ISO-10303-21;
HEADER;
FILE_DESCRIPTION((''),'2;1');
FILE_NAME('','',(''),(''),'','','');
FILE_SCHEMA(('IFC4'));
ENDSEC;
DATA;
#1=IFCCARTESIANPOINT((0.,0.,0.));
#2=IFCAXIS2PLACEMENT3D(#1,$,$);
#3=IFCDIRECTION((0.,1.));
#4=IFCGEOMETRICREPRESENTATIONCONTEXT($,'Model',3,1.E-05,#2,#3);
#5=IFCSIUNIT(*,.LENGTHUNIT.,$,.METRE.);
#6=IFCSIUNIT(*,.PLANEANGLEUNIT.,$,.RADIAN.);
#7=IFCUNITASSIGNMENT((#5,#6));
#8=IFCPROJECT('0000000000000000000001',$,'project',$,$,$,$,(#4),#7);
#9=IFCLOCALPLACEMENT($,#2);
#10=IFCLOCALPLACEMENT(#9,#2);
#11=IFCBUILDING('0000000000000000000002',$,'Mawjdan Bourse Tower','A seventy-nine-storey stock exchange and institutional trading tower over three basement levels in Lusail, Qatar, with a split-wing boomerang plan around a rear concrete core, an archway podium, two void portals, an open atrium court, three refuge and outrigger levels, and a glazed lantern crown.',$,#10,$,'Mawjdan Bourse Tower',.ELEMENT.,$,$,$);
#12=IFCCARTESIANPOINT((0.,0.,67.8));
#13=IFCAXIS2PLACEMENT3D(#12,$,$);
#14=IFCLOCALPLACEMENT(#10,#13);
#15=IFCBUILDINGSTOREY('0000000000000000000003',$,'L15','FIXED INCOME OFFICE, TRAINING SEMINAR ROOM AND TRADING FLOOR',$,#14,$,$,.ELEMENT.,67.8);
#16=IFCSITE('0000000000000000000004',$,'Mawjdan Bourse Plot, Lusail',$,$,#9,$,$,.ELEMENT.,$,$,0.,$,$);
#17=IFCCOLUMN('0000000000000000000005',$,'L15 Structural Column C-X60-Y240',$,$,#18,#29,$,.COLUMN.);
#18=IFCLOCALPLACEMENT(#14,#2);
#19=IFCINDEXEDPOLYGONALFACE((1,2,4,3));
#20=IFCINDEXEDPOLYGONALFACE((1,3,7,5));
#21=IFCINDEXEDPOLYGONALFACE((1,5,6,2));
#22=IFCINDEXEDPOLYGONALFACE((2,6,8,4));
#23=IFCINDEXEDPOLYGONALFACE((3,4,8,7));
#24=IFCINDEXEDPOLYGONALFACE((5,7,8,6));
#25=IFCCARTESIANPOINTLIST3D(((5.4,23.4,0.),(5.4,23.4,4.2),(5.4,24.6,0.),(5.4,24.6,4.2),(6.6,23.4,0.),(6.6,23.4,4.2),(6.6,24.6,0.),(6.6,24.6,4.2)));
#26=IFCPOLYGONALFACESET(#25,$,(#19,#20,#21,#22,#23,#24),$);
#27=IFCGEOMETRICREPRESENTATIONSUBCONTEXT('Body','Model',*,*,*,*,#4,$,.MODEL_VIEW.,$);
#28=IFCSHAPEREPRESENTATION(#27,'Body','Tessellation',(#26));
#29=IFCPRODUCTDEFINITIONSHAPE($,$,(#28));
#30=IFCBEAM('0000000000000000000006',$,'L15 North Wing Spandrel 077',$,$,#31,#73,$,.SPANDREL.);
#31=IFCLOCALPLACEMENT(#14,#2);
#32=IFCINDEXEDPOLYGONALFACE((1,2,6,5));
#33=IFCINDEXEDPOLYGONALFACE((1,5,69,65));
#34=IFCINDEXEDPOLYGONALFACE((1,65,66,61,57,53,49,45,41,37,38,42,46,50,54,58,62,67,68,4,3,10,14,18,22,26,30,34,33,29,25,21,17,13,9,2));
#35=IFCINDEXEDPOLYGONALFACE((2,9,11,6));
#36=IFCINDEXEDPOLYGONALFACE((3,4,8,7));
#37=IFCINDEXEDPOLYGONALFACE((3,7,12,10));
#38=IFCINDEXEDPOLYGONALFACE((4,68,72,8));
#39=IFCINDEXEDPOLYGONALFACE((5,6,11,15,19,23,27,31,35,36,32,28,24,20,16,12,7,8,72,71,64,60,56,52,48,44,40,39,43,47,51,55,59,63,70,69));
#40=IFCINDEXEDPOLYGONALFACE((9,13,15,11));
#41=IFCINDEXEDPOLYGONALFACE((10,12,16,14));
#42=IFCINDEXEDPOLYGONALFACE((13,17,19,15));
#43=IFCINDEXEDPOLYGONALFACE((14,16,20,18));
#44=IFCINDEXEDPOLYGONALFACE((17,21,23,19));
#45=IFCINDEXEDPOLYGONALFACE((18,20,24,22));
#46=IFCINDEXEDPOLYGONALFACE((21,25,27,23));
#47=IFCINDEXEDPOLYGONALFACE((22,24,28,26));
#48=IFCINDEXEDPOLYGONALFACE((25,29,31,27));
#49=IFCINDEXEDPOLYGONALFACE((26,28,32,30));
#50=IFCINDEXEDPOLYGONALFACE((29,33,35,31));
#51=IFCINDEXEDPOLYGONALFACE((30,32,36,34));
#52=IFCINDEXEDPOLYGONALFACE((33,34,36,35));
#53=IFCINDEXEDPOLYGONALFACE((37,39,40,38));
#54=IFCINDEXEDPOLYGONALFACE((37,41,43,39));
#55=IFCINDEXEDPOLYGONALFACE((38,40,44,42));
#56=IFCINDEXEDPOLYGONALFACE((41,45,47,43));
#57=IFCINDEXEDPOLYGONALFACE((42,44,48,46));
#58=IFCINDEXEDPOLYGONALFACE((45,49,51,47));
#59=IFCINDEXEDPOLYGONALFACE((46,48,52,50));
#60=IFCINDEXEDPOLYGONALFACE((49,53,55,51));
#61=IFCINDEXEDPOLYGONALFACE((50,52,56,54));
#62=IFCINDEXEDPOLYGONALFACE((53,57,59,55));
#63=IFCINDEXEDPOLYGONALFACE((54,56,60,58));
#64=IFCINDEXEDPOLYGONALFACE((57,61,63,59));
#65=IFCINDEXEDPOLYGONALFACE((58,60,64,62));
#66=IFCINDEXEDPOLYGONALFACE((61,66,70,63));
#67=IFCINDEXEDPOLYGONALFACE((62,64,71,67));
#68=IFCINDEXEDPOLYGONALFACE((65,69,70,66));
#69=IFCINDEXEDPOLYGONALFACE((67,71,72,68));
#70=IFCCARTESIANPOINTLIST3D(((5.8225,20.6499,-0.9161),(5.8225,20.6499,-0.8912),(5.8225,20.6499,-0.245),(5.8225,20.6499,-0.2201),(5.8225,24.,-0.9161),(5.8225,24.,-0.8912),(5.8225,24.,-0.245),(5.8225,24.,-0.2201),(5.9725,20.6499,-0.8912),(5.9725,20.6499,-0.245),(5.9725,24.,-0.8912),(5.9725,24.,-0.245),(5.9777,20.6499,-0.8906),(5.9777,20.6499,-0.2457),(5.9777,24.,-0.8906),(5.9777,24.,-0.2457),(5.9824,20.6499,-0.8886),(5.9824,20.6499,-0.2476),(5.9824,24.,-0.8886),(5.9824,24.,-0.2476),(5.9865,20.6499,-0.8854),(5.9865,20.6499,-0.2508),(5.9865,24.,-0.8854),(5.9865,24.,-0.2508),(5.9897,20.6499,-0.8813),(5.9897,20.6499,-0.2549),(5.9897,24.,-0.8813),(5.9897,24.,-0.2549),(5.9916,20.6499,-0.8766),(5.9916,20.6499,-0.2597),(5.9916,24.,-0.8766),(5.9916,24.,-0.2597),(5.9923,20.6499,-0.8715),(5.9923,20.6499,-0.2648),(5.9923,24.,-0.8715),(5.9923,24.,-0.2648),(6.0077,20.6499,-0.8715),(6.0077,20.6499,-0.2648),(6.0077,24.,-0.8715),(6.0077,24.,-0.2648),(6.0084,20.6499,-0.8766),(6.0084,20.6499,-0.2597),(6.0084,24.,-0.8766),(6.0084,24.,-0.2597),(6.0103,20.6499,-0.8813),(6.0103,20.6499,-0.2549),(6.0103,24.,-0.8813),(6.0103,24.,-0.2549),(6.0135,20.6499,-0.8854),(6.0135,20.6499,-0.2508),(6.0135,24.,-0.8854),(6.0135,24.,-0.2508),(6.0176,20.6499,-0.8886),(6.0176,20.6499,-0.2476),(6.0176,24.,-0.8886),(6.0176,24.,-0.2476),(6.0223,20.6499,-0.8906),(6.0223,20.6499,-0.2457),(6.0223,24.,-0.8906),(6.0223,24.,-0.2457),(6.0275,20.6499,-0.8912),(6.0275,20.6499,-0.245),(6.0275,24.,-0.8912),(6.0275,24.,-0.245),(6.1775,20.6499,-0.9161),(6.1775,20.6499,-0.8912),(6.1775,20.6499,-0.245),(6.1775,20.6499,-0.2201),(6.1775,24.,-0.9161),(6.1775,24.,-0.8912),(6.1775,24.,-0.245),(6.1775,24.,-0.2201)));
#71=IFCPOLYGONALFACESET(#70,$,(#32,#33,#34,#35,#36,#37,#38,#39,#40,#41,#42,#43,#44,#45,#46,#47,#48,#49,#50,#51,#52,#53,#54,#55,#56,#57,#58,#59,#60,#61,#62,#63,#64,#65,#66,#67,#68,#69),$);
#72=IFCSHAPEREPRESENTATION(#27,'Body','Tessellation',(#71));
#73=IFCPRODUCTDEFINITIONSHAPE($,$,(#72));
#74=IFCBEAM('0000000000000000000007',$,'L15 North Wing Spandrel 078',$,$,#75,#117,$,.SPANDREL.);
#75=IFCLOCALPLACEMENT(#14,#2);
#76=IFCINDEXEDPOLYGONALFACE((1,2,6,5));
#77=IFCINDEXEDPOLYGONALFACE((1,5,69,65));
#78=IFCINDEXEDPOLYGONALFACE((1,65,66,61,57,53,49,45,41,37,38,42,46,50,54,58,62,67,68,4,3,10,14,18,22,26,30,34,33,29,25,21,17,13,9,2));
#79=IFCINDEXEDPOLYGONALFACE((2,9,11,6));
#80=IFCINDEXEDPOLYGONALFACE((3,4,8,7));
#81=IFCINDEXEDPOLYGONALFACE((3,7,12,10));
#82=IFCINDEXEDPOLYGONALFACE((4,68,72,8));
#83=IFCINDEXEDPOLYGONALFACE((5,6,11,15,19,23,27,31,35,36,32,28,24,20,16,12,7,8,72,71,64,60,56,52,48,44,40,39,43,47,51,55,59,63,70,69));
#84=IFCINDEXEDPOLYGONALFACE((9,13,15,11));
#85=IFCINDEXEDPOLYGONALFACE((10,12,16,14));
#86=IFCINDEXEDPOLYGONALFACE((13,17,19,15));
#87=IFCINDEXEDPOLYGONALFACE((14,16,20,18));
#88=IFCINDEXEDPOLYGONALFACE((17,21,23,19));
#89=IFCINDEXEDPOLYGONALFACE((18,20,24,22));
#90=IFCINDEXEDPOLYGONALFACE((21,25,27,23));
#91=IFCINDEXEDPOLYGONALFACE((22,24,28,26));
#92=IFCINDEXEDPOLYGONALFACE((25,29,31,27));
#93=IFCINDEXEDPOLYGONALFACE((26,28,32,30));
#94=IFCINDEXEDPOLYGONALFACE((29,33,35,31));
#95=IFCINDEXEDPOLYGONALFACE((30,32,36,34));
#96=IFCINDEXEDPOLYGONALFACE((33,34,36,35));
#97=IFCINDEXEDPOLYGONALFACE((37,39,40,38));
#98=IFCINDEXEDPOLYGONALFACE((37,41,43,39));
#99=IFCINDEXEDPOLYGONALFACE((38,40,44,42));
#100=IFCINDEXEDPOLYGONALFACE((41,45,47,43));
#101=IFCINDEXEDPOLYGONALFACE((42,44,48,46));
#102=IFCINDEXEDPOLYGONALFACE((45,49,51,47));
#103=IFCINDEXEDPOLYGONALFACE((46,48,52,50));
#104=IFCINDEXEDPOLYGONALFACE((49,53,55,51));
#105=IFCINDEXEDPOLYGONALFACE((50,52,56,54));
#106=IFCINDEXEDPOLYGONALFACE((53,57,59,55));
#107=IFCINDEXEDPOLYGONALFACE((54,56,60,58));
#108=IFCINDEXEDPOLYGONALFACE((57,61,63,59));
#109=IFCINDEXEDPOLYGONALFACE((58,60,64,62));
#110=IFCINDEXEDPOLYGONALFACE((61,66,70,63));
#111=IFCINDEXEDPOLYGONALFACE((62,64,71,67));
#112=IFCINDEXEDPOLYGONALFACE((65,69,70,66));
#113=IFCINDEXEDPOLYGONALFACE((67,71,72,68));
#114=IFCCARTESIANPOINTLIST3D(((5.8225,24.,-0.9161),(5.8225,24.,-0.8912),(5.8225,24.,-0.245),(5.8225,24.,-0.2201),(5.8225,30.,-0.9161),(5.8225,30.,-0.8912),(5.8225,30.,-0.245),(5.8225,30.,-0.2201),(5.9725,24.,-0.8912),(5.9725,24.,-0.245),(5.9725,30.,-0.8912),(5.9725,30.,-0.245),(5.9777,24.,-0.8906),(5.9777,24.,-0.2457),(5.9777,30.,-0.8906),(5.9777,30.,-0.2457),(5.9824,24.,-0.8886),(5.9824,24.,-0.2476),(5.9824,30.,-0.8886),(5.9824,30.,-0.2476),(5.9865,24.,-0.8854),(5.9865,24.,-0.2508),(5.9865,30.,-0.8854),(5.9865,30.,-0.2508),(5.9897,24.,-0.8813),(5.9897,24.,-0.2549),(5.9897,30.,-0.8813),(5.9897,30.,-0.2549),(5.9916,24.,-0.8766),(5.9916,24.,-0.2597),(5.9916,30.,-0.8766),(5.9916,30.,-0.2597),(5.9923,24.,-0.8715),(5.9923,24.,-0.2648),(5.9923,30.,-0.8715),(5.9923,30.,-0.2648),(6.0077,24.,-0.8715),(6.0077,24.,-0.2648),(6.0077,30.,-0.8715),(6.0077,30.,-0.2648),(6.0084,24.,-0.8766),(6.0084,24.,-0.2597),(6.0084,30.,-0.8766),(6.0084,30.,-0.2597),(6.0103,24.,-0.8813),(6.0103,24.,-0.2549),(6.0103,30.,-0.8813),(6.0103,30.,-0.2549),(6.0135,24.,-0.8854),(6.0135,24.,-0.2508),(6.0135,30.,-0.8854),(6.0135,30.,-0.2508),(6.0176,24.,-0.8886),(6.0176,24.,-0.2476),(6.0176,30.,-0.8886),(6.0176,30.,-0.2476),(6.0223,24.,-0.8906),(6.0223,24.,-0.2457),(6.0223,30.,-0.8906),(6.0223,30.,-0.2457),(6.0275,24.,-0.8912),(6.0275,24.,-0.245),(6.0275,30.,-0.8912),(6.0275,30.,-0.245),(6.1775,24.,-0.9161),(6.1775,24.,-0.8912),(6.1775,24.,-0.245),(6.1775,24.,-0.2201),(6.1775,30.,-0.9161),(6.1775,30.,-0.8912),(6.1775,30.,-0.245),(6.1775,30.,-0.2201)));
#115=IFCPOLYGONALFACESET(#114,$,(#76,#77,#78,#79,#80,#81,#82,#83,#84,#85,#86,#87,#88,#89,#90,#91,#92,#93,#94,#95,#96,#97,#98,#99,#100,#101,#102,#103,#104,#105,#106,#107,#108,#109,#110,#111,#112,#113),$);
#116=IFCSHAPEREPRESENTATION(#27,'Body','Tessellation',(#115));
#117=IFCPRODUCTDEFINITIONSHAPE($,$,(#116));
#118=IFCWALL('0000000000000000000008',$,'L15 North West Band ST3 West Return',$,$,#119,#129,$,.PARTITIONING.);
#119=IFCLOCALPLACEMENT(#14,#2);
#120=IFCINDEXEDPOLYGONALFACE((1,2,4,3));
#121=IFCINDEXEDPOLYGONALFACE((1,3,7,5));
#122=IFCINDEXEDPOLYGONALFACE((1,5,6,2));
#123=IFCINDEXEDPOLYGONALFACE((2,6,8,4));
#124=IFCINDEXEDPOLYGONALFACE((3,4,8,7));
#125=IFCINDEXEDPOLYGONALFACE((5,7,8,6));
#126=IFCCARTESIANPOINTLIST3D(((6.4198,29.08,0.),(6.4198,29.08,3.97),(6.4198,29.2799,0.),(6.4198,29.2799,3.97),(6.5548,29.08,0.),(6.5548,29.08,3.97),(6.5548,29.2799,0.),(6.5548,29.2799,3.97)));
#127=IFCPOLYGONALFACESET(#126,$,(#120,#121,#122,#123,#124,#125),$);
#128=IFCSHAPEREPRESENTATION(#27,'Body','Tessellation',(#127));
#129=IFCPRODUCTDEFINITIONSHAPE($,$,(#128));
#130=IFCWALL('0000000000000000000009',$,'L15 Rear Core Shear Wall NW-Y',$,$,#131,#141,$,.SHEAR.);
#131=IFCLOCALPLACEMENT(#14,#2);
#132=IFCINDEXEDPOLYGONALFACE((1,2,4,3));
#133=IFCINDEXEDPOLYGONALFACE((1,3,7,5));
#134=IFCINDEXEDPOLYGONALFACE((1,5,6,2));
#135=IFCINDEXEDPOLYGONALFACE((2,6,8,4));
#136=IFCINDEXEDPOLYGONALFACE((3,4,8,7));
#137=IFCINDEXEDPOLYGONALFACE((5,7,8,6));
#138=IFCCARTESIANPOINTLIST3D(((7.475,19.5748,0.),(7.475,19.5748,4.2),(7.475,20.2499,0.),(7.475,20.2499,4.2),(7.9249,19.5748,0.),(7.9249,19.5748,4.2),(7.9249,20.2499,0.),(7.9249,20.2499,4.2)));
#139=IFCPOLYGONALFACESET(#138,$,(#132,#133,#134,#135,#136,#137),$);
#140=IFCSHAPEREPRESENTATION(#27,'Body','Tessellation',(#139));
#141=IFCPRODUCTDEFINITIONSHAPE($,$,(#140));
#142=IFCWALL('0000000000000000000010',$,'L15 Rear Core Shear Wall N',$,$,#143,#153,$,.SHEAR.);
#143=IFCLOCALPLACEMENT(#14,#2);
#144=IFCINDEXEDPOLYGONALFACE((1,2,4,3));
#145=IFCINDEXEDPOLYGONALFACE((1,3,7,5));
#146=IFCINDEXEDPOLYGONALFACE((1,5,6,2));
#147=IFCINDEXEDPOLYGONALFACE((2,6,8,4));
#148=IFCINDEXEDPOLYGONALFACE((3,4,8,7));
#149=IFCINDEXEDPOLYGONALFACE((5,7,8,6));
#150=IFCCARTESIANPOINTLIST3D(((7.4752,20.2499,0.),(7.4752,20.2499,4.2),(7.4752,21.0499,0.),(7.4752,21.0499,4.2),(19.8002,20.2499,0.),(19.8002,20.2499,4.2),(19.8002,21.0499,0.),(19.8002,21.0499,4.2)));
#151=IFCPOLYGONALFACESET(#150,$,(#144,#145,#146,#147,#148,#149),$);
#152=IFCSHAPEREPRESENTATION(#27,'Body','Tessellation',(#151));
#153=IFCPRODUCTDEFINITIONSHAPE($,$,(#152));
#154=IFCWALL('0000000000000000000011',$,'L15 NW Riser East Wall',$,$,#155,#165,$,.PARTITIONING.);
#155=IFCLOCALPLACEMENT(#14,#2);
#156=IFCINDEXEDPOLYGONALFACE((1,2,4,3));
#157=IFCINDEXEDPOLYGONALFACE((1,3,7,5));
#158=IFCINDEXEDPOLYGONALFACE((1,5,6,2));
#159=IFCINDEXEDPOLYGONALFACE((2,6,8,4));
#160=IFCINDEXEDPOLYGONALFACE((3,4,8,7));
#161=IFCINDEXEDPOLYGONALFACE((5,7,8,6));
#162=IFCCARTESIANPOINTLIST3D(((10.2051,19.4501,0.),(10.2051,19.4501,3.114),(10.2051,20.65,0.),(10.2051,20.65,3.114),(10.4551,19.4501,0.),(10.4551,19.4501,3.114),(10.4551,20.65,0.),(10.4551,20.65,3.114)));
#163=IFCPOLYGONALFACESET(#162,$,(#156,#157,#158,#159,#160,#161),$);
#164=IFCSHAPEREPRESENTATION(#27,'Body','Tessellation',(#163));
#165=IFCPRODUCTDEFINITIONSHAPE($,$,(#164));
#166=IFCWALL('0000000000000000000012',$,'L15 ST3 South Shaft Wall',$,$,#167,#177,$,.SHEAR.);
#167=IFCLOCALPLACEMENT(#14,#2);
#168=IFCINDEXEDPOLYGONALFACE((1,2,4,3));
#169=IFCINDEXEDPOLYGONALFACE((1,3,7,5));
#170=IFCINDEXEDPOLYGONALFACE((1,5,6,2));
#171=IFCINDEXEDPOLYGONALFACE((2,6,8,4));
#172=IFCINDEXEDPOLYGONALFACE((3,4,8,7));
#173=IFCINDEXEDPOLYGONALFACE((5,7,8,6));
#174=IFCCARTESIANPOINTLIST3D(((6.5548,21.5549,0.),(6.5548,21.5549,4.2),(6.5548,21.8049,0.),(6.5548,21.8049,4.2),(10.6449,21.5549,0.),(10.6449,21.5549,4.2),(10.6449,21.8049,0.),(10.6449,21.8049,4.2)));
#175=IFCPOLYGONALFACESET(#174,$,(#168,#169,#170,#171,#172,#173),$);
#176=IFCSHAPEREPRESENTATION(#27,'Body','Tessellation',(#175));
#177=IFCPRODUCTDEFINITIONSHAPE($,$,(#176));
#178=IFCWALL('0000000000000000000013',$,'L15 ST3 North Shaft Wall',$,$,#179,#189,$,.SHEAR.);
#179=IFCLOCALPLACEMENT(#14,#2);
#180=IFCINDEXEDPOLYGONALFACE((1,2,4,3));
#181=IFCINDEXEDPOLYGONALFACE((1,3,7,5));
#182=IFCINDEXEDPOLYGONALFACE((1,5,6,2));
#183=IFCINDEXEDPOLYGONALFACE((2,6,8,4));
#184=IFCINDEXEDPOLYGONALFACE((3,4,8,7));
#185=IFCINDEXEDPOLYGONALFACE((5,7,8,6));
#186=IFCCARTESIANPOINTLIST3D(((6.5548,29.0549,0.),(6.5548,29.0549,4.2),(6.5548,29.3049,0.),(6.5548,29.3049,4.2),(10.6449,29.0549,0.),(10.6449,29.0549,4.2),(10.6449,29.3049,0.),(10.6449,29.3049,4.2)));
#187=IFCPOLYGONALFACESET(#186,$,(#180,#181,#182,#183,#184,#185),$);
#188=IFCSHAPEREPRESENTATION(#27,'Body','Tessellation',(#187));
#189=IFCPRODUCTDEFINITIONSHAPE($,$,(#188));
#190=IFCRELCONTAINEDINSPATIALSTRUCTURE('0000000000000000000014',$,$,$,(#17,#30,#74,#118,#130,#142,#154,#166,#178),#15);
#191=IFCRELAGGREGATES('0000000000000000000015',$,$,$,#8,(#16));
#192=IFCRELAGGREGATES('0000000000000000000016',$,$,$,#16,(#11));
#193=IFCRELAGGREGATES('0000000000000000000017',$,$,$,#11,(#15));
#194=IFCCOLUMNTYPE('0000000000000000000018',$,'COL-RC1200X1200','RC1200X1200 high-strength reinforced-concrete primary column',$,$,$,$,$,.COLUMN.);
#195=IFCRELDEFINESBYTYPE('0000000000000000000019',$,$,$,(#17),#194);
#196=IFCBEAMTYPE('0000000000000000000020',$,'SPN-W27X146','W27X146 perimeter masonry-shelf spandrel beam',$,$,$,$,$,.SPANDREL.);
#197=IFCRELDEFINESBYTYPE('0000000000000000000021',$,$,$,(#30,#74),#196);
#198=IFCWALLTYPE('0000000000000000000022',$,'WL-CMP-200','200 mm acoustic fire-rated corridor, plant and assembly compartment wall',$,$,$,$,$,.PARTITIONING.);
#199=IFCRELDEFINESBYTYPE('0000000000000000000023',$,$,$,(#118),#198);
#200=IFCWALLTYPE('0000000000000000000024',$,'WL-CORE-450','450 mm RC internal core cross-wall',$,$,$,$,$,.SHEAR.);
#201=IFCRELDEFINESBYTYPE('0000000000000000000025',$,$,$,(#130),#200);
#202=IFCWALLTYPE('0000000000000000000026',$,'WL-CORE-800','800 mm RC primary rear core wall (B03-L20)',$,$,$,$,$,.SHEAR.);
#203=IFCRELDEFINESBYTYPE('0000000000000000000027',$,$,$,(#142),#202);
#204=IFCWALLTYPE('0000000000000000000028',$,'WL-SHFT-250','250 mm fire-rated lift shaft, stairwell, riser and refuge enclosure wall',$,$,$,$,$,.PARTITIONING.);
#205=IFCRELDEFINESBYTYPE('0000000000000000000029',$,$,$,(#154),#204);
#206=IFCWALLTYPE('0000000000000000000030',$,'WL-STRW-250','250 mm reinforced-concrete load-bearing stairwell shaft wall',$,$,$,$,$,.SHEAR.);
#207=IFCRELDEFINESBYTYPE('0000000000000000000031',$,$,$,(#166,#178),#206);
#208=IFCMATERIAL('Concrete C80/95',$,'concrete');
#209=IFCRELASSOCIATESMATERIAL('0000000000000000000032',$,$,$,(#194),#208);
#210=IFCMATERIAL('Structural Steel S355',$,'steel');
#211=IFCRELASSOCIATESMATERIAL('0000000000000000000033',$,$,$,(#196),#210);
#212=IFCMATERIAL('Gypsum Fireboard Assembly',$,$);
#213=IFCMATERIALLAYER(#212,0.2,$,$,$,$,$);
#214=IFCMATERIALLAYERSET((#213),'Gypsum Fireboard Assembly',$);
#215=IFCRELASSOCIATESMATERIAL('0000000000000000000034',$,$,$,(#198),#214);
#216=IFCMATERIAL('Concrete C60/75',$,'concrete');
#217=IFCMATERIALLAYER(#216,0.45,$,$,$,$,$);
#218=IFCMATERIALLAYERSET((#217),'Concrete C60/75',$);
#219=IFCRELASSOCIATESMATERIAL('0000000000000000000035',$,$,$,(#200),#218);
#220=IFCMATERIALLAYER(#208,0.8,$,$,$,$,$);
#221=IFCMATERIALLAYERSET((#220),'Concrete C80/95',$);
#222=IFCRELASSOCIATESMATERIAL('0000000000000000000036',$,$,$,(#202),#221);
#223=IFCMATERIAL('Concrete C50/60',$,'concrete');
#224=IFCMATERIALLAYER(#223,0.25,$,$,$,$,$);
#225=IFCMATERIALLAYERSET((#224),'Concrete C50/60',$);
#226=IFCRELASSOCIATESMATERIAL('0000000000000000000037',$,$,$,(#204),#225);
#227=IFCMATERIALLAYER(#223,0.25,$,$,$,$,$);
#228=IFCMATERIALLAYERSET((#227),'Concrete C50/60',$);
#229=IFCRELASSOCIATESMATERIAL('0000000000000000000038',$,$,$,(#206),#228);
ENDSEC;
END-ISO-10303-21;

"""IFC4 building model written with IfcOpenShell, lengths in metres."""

from ifc_helpers import new_model, si_unit, direction, frame, frame_2d, origin, origin_2d, place, context, subcontext, project, spatial, rectangle, i_section, extrude, material, layer, layer_set, material_profile, profile_set, type_object, element, save


model = new_model("IFC4")

# Units and contexts
model_context = context("Model", 3, precision=1e-05, world=origin(), true_north=direction((0.0, 1.0)))
body_context = subcontext(model_context, "Body", "Model", "MODEL_VIEW")
ifc_project = project(units=[si_unit("LENGTHUNIT", "METRE"), si_unit("PLANEANGLEUNIT", "RADIAN")], contexts=[model_context])

# Site, building, storey
site_placement = place(None, origin())
site = spatial("IfcSite", under=ifc_project, at=site_placement, Name="Mawjdan Bourse Plot, Lusail", CompositionType="ELEMENT", RefElevation=0.0)
building_placement = place(site_placement, origin())
building = spatial("IfcBuilding", under=site, at=building_placement, Name="Mawjdan Bourse Tower", Description="A seventy-nine-storey stock exchange and institutional trading tower over three basement levels in Lusail, Qatar, with a split-wing boomerang plan around a rear concrete core, an archway podium, two void portals, an open atrium court, three refuge and outrigger levels, and a glazed lantern crown.", LongName="Mawjdan Bourse Tower", CompositionType="ELEMENT")
storey_placement = place(building_placement, frame((0.0, 0.0, 67.8)))
storey = spatial("IfcBuildingStorey", under=building, at=storey_placement, Name="L15", Description="FIXED INCOME OFFICE, TRAINING SEMINAR ROOM AND TRADING FLOOR", CompositionType="ELEMENT", Elevation=67.8)

# Column
ifc_material_1 = material(Name="Concrete C80/95", Category="concrete")
ifc_material_profile_1 = material_profile(ifc_material_1, rectangle(XDim=1.2, YDim=1.2, at=origin_2d()), Name="RC1200X1200")
ifc_profile_set_1 = profile_set([ifc_material_profile_1], Name="Concrete C80/95")
column_type = type_object("IfcColumnType", Name="COL-RC1200X1200", Description="RC1200X1200 high-strength reinforced-concrete primary column", PredefinedType="COLUMN", material=ifc_profile_set_1)
column_placement = place(storey_placement, frame((6.0, 24.0, 0.0), z_axis=(0.0, 0.0, 1.0), x_axis=(1.0, 0.0, 0.0)))
element("IfcColumn", 1, at=column_placement, inside=storey, type_object=column_type, Name="L15 Structural Column C-X60-Y240", PredefinedType="COLUMN", context=body_context, shape_type="SweptSolid", body=[
    extrude(rectangle(XDim=1.2, YDim=1.2, at=origin_2d()), origin(), (0.0, 0.0, 1.0), 4.2),
])

# Beams
ifc_material_2 = material(Name="Structural Steel S355", Category="steel")
ifc_material_profile_2 = material_profile(ifc_material_2, i_section(OverallWidth=0.355, OverallDepth=0.696, WebThickness=0.0154, FlangeThickness=0.0249, FilletRadius=0.0198, at=origin_2d()), Name="W27X146")
ifc_profile_set_2 = profile_set([ifc_material_profile_2], Name="Structural Steel S355")
beam_type = type_object("IfcBeamType", Name="SPN-W27X146", Description="W27X146 perimeter masonry-shelf spandrel beam", PredefinedType="SPANDREL", material=ifc_profile_set_2)
beam_1_placement = place(storey_placement, frame((6.0, 20.6499, -0.5681), z_axis=(0.0, 1.0, 0.0), x_axis=(-1.0, 0.0, 0.0)))
element("IfcBeam", 2, at=beam_1_placement, inside=storey, type_object=beam_type, Name="L15 North Wing Spandrel 077", PredefinedType="SPANDREL", context=body_context, shape_type="SweptSolid", body=[
    extrude(i_section(OverallWidth=0.355, OverallDepth=0.696, WebThickness=0.0154, FlangeThickness=0.0249, FilletRadius=0.0198, at=origin_2d()), origin(), (0.0, 0.0, 1.0), 3.3501),
])
beam_2_placement = place(storey_placement, frame((6.0, 24.0, -0.5681), z_axis=(0.0, 1.0, 0.0), x_axis=(-1.0, 0.0, 0.0)))
element("IfcBeam", 3, at=beam_2_placement, inside=storey, type_object=beam_type, Name="L15 North Wing Spandrel 078", PredefinedType="SPANDREL", context=body_context, shape_type="SweptSolid", body=[
    extrude(i_section(OverallWidth=0.355, OverallDepth=0.696, WebThickness=0.0154, FlangeThickness=0.0249, FilletRadius=0.0198, at=origin_2d()), origin(), (0.0, 0.0, 1.0), 6.0),
])

# Walls
ifc_material_3 = material(Name="Gypsum Fireboard Assembly")
ifc_layer_1 = layer(ifc_material_3, 0.2)
ifc_layer_set_1 = layer_set([ifc_layer_1], Name="Gypsum Fireboard Assembly")
wall_type_1 = type_object("IfcWallType", Name="WL-CMP-200", Description="200 mm acoustic fire-rated corridor, plant and assembly compartment wall", PredefinedType="PARTITIONING", material=ifc_layer_set_1)
wall_1_placement = place(storey_placement, frame((6.4199, 29.1799, 0.0), z_axis=(0.0, 0.0, 1.0), x_axis=(1.0, 0.0, 0.0)))
element("IfcWall", 4, at=wall_1_placement, inside=storey, type_object=wall_type_1, Name="L15 North West Band ST3 West Return", PredefinedType="PARTITIONING", context=body_context, shape_type="SweptSolid", body=[
    extrude(rectangle(XDim=0.135, YDim=0.2, at=frame_2d((0.0674, 0.0))), origin(), (0.0, 0.0, 1.0), 3.97),
])
ifc_material_4 = material(Name="Concrete C60/75", Category="concrete")
ifc_layer_2 = layer(ifc_material_4, 0.45)
ifc_layer_set_2 = layer_set([ifc_layer_2], Name="Concrete C60/75")
wall_type_2 = type_object("IfcWallType", Name="WL-CORE-450", Description="450 mm RC internal core cross-wall", PredefinedType="SHEAR", material=ifc_layer_set_2)
wall_2_placement = place(storey_placement, frame((7.7, 19.575, 0.0), z_axis=(0.0, 0.0, 1.0), x_axis=(0.0, 1.0, 0.0)))
element("IfcWall", 5, at=wall_2_placement, inside=storey, type_object=wall_type_2, Name="L15 Rear Core Shear Wall NW-Y", PredefinedType="SHEAR", context=body_context, shape_type="SweptSolid", body=[
    extrude(rectangle(XDim=0.675, YDim=0.45, at=frame_2d((0.3374, 0.0))), origin(), (0.0, 0.0, 1.0), 4.2),
])
ifc_layer_3 = layer(ifc_material_1, 0.8)
ifc_layer_set_3 = layer_set([ifc_layer_3], Name="Concrete C80/95")
wall_type_3 = type_object("IfcWallType", Name="WL-CORE-800", Description="800 mm RC primary rear core wall (B03-L20)", PredefinedType="SHEAR", material=ifc_layer_set_3)
wall_3_placement = place(storey_placement, frame((7.4751, 20.6499, 0.0), z_axis=(0.0, 0.0, 1.0), x_axis=(1.0, 0.0, 0.0)))
element("IfcWall", 6, at=wall_3_placement, inside=storey, type_object=wall_type_3, Name="L15 Rear Core Shear Wall N", PredefinedType="SHEAR", context=body_context, shape_type="SweptSolid", body=[
    extrude(rectangle(XDim=12.325, YDim=0.8, at=frame_2d((6.1626, 0.0))), origin(), (0.0, 0.0, 1.0), 4.2),
])
ifc_material_5 = material(Name="Concrete C50/60", Category="concrete")
ifc_layer_4 = layer(ifc_material_5, 0.25)
ifc_layer_set_4 = layer_set([ifc_layer_4], Name="Concrete C50/60")
wall_type_4 = type_object("IfcWallType", Name="WL-SHFT-250", Description="250 mm fire-rated lift shaft, stairwell, riser and refuge enclosure wall", PredefinedType="PARTITIONING", material=ifc_layer_set_4)
wall_4_placement = place(storey_placement, frame((10.3301, 19.45, 0.0), z_axis=(0.0, 0.0, 1.0), x_axis=(0.0, 1.0, 0.0)))
element("IfcWall", 7, at=wall_4_placement, inside=storey, type_object=wall_type_4, Name="L15 NW Riser East Wall", PredefinedType="PARTITIONING", context=body_context, shape_type="SweptSolid", body=[
    extrude(rectangle(XDim=1.2, YDim=0.25, at=frame_2d((0.6001, 0.0))), origin(), (0.0, 0.0, 1.0), 3.114),
])
ifc_layer_5 = layer(ifc_material_5, 0.25)
ifc_layer_set_5 = layer_set([ifc_layer_5], Name="Concrete C50/60")
wall_type_5 = type_object("IfcWallType", Name="WL-STRW-250", Description="250 mm reinforced-concrete load-bearing stairwell shaft wall", PredefinedType="SHEAR", material=ifc_layer_set_5)
for number, where, z_axis, x_axis, name in (
    (8, (6.5549, 21.6799, 0.0), (0.0, 0.0, 1.0), (1.0, 0.0, 0.0), "L15 ST3 South Shaft Wall"),
    (9, (6.5549, 29.1799, 0.0), (0.0, 0.0, 1.0), (1.0, 0.0, 0.0), "L15 ST3 North Shaft Wall"),
):
    element("IfcWall", number, at=place(storey_placement, frame(where, z_axis=z_axis, x_axis=x_axis)), inside=storey, type_object=wall_type_5, Name=name, PredefinedType="SHEAR", context=body_context, shape_type="SweptSolid", body=[
        extrude(rectangle(XDim=4.0901, YDim=0.25, at=frame_2d((2.0449, 0.0))), origin(), (0.0, 0.0, 1.0), 4.2),
    ])

save(model, "model.ifc")
